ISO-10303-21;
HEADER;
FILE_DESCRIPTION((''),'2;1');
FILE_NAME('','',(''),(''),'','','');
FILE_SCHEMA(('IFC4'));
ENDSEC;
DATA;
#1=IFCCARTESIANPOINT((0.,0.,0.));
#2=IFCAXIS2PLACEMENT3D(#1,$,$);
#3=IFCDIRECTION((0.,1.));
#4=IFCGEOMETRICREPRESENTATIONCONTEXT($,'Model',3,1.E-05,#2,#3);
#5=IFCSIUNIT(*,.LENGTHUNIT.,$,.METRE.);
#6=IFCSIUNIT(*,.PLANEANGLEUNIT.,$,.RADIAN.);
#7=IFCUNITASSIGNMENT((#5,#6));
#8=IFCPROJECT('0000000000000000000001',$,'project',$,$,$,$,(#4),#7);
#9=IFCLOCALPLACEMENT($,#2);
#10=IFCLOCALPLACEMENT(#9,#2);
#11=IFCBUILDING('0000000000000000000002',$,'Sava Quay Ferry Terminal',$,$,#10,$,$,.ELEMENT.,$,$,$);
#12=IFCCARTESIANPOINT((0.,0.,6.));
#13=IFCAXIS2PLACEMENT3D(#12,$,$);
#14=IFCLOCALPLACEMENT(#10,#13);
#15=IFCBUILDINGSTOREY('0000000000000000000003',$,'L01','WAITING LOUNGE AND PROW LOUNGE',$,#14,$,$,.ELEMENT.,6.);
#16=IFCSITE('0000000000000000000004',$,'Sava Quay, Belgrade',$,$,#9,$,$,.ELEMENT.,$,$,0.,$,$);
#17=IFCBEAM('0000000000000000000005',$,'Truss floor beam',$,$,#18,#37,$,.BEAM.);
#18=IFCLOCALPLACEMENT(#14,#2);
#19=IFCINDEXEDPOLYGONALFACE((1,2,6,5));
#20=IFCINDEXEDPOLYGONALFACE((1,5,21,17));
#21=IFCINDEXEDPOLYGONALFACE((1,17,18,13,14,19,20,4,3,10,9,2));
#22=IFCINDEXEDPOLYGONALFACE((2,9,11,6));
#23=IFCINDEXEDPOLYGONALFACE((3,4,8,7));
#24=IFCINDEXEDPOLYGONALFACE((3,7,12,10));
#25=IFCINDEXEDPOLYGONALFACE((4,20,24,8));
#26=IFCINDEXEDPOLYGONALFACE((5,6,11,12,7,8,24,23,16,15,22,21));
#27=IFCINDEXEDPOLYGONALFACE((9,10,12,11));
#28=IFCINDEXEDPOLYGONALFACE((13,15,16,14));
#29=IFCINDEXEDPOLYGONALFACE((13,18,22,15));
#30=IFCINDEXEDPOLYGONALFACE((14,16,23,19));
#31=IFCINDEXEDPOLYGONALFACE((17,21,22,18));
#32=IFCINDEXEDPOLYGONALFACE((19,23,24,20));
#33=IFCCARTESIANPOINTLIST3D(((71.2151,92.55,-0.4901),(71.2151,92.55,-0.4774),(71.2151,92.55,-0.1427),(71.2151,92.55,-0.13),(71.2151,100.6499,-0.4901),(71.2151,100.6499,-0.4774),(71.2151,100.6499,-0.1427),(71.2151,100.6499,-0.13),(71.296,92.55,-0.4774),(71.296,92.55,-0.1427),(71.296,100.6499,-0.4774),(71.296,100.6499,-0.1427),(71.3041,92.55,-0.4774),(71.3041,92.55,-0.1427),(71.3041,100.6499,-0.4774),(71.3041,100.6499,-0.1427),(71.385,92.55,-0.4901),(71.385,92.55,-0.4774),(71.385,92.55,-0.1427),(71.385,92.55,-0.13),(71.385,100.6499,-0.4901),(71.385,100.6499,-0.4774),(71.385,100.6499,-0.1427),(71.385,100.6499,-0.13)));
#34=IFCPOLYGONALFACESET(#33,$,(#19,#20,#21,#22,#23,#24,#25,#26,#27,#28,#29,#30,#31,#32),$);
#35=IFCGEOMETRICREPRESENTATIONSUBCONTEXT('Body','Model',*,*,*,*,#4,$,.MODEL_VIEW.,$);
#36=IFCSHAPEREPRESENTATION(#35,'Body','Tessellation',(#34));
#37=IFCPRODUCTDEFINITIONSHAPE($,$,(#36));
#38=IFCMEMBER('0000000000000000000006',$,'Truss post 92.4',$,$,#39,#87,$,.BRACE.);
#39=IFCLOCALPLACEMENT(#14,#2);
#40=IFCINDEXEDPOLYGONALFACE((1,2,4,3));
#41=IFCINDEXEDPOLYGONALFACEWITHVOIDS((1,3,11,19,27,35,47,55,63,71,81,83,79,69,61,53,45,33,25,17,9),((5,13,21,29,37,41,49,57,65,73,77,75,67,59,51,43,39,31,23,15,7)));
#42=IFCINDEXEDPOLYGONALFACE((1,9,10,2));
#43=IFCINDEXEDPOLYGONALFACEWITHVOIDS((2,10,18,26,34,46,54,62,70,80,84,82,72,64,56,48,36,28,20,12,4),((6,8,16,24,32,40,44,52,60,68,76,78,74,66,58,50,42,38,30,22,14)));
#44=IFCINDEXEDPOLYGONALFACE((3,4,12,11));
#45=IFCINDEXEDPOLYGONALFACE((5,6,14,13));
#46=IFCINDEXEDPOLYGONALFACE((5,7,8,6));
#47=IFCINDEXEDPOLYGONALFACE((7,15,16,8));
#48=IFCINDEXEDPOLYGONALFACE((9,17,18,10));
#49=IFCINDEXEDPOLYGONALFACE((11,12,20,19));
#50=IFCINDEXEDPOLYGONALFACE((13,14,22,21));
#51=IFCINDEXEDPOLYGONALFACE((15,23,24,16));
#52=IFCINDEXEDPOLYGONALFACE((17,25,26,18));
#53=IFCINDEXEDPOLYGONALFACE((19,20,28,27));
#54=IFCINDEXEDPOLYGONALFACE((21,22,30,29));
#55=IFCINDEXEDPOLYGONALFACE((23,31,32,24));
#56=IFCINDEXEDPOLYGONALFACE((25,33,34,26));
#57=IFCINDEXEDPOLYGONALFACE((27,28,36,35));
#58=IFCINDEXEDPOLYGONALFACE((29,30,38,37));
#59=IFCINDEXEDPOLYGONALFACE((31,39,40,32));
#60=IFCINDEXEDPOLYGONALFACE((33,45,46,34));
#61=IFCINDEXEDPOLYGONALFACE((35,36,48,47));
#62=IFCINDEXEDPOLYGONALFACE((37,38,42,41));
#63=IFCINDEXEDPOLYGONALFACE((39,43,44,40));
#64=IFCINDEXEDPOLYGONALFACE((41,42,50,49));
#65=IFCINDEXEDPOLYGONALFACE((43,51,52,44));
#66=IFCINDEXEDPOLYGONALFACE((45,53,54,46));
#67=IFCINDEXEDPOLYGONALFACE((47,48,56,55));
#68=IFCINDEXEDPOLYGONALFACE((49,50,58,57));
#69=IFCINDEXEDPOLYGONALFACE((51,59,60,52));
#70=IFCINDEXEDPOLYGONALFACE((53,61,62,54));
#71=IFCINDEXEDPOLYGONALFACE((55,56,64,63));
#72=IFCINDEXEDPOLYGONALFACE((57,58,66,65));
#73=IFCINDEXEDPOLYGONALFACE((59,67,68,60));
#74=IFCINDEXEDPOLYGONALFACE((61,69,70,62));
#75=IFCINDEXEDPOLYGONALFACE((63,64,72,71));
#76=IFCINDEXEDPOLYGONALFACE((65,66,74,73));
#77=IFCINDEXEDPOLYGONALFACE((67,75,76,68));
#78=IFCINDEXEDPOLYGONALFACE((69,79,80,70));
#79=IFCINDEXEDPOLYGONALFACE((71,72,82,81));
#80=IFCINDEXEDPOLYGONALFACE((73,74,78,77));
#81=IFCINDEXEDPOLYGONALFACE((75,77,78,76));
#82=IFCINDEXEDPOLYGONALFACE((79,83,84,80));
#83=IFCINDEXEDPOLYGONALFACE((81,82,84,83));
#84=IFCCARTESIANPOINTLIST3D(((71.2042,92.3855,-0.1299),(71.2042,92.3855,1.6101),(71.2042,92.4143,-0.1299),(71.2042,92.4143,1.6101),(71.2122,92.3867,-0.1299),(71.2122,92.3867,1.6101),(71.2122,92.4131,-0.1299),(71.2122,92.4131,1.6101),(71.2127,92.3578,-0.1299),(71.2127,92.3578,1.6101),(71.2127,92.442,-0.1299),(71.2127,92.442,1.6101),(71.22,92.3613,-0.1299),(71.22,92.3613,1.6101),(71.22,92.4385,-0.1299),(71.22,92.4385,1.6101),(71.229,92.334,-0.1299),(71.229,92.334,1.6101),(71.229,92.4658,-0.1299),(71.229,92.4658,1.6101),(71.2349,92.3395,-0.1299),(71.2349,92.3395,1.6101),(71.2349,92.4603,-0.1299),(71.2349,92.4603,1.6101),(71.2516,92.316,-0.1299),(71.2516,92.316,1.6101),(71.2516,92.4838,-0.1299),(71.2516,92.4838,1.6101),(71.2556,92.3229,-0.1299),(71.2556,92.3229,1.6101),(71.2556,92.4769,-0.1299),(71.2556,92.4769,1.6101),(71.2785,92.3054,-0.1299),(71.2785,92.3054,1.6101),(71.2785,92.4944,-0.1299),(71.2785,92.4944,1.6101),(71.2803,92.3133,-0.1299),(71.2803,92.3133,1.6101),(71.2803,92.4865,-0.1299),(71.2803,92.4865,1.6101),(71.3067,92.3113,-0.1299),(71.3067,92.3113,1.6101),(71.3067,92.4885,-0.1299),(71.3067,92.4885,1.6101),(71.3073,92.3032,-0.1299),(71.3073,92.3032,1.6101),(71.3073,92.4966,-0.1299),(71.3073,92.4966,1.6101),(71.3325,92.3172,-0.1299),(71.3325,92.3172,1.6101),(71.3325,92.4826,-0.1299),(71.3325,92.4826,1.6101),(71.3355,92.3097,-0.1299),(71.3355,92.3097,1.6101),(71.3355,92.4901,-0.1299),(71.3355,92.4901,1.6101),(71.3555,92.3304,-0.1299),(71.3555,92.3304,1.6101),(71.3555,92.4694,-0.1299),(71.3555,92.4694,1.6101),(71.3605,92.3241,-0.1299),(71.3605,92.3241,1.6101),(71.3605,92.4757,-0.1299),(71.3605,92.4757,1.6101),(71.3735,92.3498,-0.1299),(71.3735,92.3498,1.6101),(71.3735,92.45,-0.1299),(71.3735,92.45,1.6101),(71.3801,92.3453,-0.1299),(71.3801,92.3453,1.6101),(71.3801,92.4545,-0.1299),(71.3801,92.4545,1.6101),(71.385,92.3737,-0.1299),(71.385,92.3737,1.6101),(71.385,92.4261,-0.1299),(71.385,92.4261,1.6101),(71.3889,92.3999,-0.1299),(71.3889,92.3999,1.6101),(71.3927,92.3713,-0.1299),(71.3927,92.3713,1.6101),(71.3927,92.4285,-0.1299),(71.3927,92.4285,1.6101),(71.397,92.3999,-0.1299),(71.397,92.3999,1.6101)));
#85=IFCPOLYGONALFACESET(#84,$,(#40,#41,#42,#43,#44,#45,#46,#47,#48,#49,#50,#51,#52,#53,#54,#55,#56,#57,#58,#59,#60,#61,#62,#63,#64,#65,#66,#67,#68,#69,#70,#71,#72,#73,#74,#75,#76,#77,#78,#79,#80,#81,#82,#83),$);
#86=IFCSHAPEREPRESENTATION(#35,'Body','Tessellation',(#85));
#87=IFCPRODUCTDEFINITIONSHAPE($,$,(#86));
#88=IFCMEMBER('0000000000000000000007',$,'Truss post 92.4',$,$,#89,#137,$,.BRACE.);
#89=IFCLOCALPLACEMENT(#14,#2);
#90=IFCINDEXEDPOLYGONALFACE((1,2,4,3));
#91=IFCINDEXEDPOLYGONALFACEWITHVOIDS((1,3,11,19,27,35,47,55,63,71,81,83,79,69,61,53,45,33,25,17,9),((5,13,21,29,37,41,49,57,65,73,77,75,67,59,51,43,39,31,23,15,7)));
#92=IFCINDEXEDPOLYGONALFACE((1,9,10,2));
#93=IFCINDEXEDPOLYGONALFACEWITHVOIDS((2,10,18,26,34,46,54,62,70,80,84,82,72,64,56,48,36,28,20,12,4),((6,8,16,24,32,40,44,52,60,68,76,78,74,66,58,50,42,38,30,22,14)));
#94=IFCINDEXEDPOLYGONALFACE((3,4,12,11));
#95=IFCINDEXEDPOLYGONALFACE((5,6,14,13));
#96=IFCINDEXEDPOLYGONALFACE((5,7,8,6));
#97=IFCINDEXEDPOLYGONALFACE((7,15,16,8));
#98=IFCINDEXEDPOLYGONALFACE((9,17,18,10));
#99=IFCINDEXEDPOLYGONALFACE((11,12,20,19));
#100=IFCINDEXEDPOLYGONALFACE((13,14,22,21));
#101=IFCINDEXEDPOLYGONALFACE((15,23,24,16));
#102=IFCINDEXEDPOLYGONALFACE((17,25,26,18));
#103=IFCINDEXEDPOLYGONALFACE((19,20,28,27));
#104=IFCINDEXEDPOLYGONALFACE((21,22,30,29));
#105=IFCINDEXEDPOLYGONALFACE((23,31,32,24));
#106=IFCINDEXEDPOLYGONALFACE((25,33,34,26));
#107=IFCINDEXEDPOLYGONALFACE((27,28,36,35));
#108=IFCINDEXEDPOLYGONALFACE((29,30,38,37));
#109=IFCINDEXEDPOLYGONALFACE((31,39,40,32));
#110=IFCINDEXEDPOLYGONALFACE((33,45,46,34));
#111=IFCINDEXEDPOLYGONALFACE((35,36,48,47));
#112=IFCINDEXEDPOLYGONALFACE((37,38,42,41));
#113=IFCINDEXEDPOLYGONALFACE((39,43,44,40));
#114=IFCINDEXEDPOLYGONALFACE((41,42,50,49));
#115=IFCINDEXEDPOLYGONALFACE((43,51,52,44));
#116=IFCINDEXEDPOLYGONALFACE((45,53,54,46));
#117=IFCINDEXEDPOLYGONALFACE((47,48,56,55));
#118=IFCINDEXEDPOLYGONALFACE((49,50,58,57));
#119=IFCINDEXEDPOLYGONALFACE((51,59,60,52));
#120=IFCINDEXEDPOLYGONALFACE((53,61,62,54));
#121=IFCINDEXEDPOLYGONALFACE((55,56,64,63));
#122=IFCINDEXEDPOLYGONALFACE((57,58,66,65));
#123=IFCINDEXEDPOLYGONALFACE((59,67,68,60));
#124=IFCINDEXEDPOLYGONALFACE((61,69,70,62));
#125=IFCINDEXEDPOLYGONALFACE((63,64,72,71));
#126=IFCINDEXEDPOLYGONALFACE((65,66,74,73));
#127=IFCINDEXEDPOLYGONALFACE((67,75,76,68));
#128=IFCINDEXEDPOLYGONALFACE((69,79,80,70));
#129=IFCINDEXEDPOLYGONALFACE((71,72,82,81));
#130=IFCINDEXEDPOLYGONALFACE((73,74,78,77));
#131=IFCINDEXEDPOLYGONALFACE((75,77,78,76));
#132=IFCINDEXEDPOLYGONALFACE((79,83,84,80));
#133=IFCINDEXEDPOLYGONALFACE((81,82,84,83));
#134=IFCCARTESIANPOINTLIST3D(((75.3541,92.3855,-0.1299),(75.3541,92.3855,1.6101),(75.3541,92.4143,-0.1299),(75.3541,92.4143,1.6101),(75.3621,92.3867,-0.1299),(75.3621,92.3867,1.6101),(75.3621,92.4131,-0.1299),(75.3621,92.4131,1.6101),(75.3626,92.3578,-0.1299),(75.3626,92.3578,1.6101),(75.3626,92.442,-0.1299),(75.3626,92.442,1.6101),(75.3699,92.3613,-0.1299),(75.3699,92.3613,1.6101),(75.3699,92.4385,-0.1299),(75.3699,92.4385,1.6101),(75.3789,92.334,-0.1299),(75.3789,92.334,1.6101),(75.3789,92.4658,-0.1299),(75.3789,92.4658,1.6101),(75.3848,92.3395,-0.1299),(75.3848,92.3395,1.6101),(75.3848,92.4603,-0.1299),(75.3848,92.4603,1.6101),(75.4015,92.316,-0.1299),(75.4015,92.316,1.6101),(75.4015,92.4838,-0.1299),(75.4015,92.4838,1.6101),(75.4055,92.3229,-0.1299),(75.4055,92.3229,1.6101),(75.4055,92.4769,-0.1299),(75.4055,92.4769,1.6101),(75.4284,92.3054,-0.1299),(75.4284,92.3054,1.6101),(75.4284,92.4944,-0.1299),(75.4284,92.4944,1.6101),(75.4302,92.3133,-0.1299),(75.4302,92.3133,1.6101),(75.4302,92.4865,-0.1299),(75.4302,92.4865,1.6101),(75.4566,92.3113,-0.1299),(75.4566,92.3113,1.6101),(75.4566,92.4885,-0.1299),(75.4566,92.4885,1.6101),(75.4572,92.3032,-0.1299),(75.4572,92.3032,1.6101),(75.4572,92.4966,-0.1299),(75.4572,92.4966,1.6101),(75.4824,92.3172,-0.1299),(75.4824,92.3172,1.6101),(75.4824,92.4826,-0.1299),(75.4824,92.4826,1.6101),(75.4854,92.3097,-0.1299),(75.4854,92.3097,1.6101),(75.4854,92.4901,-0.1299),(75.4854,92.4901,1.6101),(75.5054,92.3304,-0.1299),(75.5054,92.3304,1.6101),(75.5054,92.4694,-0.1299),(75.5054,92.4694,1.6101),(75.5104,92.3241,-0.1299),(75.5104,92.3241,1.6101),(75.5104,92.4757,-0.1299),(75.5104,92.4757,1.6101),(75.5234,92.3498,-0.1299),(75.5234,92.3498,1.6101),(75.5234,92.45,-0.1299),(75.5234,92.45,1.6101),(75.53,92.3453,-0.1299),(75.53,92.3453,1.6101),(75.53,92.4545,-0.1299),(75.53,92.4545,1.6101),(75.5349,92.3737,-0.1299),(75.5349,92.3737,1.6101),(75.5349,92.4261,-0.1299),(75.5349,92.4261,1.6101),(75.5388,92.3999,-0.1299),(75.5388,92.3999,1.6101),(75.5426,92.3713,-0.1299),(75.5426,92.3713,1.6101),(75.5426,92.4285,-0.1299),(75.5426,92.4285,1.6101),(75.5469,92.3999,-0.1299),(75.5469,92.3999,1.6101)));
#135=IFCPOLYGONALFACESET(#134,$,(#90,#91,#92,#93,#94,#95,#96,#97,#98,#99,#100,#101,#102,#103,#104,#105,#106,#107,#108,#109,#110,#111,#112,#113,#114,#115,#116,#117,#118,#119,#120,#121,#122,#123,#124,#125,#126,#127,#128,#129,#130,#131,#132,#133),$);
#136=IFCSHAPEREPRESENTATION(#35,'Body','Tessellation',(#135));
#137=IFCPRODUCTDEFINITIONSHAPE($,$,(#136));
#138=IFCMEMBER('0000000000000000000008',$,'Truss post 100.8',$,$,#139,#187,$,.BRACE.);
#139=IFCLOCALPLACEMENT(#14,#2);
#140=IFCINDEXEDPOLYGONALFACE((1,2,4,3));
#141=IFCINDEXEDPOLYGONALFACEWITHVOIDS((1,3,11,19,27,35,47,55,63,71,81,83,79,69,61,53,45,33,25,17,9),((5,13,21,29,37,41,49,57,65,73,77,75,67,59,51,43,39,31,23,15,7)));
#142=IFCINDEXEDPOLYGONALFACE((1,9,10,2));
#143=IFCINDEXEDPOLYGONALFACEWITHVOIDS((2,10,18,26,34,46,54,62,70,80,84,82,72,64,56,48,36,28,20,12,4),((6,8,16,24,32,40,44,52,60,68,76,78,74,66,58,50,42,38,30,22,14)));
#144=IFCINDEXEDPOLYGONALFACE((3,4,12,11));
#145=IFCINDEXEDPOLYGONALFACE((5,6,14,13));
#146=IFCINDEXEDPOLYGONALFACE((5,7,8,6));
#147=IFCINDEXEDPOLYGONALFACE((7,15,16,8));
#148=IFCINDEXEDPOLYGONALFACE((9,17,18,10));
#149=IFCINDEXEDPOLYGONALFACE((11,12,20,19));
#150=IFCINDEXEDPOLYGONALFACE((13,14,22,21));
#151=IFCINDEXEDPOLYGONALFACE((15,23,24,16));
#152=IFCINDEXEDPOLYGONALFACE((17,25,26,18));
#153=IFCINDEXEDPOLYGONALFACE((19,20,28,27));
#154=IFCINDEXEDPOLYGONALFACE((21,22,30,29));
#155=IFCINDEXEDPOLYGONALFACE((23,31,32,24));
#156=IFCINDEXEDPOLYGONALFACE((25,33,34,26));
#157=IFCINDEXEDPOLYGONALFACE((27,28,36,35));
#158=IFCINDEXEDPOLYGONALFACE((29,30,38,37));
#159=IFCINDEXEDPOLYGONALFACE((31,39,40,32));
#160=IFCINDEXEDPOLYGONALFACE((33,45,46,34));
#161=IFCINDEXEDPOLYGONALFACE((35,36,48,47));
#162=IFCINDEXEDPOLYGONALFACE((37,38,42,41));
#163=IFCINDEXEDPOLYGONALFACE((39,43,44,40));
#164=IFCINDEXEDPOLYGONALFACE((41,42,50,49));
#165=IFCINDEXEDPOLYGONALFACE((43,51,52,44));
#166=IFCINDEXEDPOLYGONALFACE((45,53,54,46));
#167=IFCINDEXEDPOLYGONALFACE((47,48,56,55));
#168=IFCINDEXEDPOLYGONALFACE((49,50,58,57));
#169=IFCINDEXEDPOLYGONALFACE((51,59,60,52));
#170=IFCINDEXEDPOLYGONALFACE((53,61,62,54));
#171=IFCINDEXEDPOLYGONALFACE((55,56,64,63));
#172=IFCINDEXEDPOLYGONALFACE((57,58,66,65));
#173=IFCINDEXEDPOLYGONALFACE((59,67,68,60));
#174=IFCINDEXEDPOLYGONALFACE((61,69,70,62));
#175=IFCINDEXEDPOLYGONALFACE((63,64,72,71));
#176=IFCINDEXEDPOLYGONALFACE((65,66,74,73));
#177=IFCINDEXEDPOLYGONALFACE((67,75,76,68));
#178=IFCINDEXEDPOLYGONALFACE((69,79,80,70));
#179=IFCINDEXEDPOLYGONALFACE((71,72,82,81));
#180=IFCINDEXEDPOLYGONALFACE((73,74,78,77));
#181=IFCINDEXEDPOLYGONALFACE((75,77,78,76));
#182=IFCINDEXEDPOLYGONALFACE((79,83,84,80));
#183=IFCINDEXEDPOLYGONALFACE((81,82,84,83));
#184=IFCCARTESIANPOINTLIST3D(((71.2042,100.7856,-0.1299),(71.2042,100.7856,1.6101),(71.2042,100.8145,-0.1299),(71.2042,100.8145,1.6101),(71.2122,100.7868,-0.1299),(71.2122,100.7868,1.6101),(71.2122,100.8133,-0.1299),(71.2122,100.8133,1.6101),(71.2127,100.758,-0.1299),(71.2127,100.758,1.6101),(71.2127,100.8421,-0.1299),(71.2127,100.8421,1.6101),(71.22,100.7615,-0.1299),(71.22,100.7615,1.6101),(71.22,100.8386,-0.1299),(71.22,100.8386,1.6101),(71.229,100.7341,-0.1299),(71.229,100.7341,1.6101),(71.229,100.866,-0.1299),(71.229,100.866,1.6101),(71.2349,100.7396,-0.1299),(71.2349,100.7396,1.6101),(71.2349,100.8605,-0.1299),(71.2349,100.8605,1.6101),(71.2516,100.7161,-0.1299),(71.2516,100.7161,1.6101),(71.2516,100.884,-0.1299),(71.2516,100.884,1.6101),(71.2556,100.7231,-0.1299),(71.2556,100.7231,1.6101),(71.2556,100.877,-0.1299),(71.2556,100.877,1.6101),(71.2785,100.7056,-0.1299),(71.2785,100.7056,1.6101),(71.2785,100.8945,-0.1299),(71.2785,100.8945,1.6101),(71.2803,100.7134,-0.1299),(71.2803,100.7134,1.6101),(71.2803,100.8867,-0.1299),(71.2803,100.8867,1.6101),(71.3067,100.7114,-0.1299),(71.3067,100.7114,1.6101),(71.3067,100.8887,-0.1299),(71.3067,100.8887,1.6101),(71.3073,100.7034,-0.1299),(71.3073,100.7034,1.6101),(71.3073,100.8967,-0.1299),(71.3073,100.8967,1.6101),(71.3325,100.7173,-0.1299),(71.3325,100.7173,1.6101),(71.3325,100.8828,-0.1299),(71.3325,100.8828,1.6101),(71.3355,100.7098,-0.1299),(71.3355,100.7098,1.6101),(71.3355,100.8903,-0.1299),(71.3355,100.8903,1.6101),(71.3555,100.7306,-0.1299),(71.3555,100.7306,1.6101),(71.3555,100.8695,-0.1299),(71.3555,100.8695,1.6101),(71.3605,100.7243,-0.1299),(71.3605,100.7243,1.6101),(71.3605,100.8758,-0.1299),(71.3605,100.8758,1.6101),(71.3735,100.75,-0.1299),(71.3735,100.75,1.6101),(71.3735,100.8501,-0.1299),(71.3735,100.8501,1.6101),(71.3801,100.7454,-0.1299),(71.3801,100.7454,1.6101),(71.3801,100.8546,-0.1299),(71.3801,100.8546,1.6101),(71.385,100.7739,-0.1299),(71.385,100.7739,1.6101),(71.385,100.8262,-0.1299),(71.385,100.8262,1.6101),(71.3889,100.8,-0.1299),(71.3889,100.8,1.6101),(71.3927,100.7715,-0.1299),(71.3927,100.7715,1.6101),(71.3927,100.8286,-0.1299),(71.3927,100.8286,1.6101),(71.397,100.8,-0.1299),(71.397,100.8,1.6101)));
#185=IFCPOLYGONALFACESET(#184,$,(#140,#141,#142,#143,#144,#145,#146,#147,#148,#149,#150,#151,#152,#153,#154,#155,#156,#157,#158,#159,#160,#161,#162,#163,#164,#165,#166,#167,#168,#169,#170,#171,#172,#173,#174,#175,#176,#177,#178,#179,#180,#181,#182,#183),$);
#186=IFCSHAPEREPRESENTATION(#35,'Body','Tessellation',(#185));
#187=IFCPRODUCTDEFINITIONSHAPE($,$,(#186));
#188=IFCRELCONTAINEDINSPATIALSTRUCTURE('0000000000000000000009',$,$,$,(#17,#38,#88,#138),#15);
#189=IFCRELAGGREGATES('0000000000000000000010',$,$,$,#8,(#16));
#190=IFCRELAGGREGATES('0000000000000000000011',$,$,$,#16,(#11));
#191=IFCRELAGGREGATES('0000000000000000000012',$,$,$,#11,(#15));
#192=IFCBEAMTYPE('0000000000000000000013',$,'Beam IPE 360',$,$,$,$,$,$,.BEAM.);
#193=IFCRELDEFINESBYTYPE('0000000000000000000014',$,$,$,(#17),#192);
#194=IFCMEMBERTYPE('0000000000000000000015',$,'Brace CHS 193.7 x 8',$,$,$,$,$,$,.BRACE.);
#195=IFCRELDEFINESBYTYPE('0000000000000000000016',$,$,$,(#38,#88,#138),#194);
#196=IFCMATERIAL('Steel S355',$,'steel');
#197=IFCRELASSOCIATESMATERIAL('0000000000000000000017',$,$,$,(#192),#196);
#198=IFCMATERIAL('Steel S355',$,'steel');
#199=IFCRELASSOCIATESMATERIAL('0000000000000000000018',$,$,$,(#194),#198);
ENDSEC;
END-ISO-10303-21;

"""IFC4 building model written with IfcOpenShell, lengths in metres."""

from ifc_helpers import new_model, si_unit, direction, frame, origin, origin_2d, place, context, subcontext, project, spatial, hollow_circle, i_section, extrude, material, material_profile, profile_set, type_object, element, save


model = new_model("IFC4")

# Units and contexts
model_context = context("Model", 3, precision=1e-05, world=origin(), true_north=direction((0.0, 1.0)))
body_context = subcontext(model_context, "Body", "Model", "MODEL_VIEW")
ifc_project = project(units=[si_unit("LENGTHUNIT", "METRE"), si_unit("PLANEANGLEUNIT", "RADIAN")], contexts=[model_context])

# Site, building, storey
site_placement = place(None, origin())
site = spatial("IfcSite", under=ifc_project, at=site_placement, Name="Sava Quay, Belgrade", CompositionType="ELEMENT", RefElevation=0.0)
building_placement = place(site_placement, origin())
building = spatial("IfcBuilding", under=site, at=building_placement, Name="Sava Quay Ferry Terminal", CompositionType="ELEMENT")
storey_placement = place(building_placement, frame((0.0, 0.0, 6.0)))
storey = spatial("IfcBuildingStorey", under=building, at=storey_placement, Name="L01", Description="WAITING LOUNGE AND PROW LOUNGE", CompositionType="ELEMENT", Elevation=6.0)

# Beam
ifc_material_1 = material(Name="Steel S355", Category="steel")
ifc_material_profile_1 = material_profile(ifc_material_1, i_section(OverallWidth=0.1699, OverallDepth=0.3601, WebThickness=0.0081, FlangeThickness=0.0127, at=origin_2d()), Name="IPE 360")
ifc_profile_set_1 = profile_set([ifc_material_profile_1], Name="Steel S355")
beam_type = type_object("IfcBeamType", Name="Beam IPE 360", PredefinedType="BEAM", material=ifc_profile_set_1)
beam_placement = place(storey_placement, frame((71.3, 92.55, -0.3101), z_axis=(0.0, 1.0, 0.0), x_axis=(-1.0, 0.0, 0.0)))
element("IfcBeam", 1, at=beam_placement, inside=storey, type_object=beam_type, Name="Truss floor beam", PredefinedType="BEAM", context=body_context, shape_type="SweptSolid", body=[
    extrude(i_section(OverallWidth=0.1699, OverallDepth=0.3601, WebThickness=0.0081, FlangeThickness=0.0127, at=origin_2d()), origin(), (0.0, 0.0, 1.0), 8.0999),
])

# Members
ifc_material_2 = material(Name="Steel S355", Category="steel")
ifc_material_profile_2 = material_profile(ifc_material_2, hollow_circle(Radius=0.0969, WallThickness=0.0081, at=origin_2d()), Name="CHS 193.7 x 8")
ifc_profile_set_2 = profile_set([ifc_material_profile_2], Name="Steel S355")
member_type_1 = type_object("IfcMemberType", Name="Brace CHS 193.7 x 8", PredefinedType="BRACE", material=ifc_profile_set_2)
for number, where, z_axis, x_axis, name in (
    (2, (71.3, 92.3999, -0.1299), (0.0, 0.0, 1.0), (1.0, 0.0, 0.0), "Truss post 92.4"),
    (3, (75.45, 92.3999, -0.1299), (0.0, 0.0, 1.0), (1.0, 0.0, 0.0), "Truss post 92.4"),
    (4, (71.3, 100.8, -0.1299), (0.0, 0.0, 1.0), (1.0, 0.0, 0.0), "Truss post 100.8"),
):
    element("IfcMember", number, at=place(storey_placement, frame(where, z_axis=z_axis, x_axis=x_axis)), inside=storey, type_object=member_type_1, Name=name, PredefinedType="BRACE", context=body_context, shape_type="SweptSolid", body=[
        extrude(hollow_circle(Radius=0.0969, WallThickness=0.0081, at=origin_2d()), origin(), (0.0, 0.0, 1.0), 1.74),
    ])

save(model, "model.ifc")
